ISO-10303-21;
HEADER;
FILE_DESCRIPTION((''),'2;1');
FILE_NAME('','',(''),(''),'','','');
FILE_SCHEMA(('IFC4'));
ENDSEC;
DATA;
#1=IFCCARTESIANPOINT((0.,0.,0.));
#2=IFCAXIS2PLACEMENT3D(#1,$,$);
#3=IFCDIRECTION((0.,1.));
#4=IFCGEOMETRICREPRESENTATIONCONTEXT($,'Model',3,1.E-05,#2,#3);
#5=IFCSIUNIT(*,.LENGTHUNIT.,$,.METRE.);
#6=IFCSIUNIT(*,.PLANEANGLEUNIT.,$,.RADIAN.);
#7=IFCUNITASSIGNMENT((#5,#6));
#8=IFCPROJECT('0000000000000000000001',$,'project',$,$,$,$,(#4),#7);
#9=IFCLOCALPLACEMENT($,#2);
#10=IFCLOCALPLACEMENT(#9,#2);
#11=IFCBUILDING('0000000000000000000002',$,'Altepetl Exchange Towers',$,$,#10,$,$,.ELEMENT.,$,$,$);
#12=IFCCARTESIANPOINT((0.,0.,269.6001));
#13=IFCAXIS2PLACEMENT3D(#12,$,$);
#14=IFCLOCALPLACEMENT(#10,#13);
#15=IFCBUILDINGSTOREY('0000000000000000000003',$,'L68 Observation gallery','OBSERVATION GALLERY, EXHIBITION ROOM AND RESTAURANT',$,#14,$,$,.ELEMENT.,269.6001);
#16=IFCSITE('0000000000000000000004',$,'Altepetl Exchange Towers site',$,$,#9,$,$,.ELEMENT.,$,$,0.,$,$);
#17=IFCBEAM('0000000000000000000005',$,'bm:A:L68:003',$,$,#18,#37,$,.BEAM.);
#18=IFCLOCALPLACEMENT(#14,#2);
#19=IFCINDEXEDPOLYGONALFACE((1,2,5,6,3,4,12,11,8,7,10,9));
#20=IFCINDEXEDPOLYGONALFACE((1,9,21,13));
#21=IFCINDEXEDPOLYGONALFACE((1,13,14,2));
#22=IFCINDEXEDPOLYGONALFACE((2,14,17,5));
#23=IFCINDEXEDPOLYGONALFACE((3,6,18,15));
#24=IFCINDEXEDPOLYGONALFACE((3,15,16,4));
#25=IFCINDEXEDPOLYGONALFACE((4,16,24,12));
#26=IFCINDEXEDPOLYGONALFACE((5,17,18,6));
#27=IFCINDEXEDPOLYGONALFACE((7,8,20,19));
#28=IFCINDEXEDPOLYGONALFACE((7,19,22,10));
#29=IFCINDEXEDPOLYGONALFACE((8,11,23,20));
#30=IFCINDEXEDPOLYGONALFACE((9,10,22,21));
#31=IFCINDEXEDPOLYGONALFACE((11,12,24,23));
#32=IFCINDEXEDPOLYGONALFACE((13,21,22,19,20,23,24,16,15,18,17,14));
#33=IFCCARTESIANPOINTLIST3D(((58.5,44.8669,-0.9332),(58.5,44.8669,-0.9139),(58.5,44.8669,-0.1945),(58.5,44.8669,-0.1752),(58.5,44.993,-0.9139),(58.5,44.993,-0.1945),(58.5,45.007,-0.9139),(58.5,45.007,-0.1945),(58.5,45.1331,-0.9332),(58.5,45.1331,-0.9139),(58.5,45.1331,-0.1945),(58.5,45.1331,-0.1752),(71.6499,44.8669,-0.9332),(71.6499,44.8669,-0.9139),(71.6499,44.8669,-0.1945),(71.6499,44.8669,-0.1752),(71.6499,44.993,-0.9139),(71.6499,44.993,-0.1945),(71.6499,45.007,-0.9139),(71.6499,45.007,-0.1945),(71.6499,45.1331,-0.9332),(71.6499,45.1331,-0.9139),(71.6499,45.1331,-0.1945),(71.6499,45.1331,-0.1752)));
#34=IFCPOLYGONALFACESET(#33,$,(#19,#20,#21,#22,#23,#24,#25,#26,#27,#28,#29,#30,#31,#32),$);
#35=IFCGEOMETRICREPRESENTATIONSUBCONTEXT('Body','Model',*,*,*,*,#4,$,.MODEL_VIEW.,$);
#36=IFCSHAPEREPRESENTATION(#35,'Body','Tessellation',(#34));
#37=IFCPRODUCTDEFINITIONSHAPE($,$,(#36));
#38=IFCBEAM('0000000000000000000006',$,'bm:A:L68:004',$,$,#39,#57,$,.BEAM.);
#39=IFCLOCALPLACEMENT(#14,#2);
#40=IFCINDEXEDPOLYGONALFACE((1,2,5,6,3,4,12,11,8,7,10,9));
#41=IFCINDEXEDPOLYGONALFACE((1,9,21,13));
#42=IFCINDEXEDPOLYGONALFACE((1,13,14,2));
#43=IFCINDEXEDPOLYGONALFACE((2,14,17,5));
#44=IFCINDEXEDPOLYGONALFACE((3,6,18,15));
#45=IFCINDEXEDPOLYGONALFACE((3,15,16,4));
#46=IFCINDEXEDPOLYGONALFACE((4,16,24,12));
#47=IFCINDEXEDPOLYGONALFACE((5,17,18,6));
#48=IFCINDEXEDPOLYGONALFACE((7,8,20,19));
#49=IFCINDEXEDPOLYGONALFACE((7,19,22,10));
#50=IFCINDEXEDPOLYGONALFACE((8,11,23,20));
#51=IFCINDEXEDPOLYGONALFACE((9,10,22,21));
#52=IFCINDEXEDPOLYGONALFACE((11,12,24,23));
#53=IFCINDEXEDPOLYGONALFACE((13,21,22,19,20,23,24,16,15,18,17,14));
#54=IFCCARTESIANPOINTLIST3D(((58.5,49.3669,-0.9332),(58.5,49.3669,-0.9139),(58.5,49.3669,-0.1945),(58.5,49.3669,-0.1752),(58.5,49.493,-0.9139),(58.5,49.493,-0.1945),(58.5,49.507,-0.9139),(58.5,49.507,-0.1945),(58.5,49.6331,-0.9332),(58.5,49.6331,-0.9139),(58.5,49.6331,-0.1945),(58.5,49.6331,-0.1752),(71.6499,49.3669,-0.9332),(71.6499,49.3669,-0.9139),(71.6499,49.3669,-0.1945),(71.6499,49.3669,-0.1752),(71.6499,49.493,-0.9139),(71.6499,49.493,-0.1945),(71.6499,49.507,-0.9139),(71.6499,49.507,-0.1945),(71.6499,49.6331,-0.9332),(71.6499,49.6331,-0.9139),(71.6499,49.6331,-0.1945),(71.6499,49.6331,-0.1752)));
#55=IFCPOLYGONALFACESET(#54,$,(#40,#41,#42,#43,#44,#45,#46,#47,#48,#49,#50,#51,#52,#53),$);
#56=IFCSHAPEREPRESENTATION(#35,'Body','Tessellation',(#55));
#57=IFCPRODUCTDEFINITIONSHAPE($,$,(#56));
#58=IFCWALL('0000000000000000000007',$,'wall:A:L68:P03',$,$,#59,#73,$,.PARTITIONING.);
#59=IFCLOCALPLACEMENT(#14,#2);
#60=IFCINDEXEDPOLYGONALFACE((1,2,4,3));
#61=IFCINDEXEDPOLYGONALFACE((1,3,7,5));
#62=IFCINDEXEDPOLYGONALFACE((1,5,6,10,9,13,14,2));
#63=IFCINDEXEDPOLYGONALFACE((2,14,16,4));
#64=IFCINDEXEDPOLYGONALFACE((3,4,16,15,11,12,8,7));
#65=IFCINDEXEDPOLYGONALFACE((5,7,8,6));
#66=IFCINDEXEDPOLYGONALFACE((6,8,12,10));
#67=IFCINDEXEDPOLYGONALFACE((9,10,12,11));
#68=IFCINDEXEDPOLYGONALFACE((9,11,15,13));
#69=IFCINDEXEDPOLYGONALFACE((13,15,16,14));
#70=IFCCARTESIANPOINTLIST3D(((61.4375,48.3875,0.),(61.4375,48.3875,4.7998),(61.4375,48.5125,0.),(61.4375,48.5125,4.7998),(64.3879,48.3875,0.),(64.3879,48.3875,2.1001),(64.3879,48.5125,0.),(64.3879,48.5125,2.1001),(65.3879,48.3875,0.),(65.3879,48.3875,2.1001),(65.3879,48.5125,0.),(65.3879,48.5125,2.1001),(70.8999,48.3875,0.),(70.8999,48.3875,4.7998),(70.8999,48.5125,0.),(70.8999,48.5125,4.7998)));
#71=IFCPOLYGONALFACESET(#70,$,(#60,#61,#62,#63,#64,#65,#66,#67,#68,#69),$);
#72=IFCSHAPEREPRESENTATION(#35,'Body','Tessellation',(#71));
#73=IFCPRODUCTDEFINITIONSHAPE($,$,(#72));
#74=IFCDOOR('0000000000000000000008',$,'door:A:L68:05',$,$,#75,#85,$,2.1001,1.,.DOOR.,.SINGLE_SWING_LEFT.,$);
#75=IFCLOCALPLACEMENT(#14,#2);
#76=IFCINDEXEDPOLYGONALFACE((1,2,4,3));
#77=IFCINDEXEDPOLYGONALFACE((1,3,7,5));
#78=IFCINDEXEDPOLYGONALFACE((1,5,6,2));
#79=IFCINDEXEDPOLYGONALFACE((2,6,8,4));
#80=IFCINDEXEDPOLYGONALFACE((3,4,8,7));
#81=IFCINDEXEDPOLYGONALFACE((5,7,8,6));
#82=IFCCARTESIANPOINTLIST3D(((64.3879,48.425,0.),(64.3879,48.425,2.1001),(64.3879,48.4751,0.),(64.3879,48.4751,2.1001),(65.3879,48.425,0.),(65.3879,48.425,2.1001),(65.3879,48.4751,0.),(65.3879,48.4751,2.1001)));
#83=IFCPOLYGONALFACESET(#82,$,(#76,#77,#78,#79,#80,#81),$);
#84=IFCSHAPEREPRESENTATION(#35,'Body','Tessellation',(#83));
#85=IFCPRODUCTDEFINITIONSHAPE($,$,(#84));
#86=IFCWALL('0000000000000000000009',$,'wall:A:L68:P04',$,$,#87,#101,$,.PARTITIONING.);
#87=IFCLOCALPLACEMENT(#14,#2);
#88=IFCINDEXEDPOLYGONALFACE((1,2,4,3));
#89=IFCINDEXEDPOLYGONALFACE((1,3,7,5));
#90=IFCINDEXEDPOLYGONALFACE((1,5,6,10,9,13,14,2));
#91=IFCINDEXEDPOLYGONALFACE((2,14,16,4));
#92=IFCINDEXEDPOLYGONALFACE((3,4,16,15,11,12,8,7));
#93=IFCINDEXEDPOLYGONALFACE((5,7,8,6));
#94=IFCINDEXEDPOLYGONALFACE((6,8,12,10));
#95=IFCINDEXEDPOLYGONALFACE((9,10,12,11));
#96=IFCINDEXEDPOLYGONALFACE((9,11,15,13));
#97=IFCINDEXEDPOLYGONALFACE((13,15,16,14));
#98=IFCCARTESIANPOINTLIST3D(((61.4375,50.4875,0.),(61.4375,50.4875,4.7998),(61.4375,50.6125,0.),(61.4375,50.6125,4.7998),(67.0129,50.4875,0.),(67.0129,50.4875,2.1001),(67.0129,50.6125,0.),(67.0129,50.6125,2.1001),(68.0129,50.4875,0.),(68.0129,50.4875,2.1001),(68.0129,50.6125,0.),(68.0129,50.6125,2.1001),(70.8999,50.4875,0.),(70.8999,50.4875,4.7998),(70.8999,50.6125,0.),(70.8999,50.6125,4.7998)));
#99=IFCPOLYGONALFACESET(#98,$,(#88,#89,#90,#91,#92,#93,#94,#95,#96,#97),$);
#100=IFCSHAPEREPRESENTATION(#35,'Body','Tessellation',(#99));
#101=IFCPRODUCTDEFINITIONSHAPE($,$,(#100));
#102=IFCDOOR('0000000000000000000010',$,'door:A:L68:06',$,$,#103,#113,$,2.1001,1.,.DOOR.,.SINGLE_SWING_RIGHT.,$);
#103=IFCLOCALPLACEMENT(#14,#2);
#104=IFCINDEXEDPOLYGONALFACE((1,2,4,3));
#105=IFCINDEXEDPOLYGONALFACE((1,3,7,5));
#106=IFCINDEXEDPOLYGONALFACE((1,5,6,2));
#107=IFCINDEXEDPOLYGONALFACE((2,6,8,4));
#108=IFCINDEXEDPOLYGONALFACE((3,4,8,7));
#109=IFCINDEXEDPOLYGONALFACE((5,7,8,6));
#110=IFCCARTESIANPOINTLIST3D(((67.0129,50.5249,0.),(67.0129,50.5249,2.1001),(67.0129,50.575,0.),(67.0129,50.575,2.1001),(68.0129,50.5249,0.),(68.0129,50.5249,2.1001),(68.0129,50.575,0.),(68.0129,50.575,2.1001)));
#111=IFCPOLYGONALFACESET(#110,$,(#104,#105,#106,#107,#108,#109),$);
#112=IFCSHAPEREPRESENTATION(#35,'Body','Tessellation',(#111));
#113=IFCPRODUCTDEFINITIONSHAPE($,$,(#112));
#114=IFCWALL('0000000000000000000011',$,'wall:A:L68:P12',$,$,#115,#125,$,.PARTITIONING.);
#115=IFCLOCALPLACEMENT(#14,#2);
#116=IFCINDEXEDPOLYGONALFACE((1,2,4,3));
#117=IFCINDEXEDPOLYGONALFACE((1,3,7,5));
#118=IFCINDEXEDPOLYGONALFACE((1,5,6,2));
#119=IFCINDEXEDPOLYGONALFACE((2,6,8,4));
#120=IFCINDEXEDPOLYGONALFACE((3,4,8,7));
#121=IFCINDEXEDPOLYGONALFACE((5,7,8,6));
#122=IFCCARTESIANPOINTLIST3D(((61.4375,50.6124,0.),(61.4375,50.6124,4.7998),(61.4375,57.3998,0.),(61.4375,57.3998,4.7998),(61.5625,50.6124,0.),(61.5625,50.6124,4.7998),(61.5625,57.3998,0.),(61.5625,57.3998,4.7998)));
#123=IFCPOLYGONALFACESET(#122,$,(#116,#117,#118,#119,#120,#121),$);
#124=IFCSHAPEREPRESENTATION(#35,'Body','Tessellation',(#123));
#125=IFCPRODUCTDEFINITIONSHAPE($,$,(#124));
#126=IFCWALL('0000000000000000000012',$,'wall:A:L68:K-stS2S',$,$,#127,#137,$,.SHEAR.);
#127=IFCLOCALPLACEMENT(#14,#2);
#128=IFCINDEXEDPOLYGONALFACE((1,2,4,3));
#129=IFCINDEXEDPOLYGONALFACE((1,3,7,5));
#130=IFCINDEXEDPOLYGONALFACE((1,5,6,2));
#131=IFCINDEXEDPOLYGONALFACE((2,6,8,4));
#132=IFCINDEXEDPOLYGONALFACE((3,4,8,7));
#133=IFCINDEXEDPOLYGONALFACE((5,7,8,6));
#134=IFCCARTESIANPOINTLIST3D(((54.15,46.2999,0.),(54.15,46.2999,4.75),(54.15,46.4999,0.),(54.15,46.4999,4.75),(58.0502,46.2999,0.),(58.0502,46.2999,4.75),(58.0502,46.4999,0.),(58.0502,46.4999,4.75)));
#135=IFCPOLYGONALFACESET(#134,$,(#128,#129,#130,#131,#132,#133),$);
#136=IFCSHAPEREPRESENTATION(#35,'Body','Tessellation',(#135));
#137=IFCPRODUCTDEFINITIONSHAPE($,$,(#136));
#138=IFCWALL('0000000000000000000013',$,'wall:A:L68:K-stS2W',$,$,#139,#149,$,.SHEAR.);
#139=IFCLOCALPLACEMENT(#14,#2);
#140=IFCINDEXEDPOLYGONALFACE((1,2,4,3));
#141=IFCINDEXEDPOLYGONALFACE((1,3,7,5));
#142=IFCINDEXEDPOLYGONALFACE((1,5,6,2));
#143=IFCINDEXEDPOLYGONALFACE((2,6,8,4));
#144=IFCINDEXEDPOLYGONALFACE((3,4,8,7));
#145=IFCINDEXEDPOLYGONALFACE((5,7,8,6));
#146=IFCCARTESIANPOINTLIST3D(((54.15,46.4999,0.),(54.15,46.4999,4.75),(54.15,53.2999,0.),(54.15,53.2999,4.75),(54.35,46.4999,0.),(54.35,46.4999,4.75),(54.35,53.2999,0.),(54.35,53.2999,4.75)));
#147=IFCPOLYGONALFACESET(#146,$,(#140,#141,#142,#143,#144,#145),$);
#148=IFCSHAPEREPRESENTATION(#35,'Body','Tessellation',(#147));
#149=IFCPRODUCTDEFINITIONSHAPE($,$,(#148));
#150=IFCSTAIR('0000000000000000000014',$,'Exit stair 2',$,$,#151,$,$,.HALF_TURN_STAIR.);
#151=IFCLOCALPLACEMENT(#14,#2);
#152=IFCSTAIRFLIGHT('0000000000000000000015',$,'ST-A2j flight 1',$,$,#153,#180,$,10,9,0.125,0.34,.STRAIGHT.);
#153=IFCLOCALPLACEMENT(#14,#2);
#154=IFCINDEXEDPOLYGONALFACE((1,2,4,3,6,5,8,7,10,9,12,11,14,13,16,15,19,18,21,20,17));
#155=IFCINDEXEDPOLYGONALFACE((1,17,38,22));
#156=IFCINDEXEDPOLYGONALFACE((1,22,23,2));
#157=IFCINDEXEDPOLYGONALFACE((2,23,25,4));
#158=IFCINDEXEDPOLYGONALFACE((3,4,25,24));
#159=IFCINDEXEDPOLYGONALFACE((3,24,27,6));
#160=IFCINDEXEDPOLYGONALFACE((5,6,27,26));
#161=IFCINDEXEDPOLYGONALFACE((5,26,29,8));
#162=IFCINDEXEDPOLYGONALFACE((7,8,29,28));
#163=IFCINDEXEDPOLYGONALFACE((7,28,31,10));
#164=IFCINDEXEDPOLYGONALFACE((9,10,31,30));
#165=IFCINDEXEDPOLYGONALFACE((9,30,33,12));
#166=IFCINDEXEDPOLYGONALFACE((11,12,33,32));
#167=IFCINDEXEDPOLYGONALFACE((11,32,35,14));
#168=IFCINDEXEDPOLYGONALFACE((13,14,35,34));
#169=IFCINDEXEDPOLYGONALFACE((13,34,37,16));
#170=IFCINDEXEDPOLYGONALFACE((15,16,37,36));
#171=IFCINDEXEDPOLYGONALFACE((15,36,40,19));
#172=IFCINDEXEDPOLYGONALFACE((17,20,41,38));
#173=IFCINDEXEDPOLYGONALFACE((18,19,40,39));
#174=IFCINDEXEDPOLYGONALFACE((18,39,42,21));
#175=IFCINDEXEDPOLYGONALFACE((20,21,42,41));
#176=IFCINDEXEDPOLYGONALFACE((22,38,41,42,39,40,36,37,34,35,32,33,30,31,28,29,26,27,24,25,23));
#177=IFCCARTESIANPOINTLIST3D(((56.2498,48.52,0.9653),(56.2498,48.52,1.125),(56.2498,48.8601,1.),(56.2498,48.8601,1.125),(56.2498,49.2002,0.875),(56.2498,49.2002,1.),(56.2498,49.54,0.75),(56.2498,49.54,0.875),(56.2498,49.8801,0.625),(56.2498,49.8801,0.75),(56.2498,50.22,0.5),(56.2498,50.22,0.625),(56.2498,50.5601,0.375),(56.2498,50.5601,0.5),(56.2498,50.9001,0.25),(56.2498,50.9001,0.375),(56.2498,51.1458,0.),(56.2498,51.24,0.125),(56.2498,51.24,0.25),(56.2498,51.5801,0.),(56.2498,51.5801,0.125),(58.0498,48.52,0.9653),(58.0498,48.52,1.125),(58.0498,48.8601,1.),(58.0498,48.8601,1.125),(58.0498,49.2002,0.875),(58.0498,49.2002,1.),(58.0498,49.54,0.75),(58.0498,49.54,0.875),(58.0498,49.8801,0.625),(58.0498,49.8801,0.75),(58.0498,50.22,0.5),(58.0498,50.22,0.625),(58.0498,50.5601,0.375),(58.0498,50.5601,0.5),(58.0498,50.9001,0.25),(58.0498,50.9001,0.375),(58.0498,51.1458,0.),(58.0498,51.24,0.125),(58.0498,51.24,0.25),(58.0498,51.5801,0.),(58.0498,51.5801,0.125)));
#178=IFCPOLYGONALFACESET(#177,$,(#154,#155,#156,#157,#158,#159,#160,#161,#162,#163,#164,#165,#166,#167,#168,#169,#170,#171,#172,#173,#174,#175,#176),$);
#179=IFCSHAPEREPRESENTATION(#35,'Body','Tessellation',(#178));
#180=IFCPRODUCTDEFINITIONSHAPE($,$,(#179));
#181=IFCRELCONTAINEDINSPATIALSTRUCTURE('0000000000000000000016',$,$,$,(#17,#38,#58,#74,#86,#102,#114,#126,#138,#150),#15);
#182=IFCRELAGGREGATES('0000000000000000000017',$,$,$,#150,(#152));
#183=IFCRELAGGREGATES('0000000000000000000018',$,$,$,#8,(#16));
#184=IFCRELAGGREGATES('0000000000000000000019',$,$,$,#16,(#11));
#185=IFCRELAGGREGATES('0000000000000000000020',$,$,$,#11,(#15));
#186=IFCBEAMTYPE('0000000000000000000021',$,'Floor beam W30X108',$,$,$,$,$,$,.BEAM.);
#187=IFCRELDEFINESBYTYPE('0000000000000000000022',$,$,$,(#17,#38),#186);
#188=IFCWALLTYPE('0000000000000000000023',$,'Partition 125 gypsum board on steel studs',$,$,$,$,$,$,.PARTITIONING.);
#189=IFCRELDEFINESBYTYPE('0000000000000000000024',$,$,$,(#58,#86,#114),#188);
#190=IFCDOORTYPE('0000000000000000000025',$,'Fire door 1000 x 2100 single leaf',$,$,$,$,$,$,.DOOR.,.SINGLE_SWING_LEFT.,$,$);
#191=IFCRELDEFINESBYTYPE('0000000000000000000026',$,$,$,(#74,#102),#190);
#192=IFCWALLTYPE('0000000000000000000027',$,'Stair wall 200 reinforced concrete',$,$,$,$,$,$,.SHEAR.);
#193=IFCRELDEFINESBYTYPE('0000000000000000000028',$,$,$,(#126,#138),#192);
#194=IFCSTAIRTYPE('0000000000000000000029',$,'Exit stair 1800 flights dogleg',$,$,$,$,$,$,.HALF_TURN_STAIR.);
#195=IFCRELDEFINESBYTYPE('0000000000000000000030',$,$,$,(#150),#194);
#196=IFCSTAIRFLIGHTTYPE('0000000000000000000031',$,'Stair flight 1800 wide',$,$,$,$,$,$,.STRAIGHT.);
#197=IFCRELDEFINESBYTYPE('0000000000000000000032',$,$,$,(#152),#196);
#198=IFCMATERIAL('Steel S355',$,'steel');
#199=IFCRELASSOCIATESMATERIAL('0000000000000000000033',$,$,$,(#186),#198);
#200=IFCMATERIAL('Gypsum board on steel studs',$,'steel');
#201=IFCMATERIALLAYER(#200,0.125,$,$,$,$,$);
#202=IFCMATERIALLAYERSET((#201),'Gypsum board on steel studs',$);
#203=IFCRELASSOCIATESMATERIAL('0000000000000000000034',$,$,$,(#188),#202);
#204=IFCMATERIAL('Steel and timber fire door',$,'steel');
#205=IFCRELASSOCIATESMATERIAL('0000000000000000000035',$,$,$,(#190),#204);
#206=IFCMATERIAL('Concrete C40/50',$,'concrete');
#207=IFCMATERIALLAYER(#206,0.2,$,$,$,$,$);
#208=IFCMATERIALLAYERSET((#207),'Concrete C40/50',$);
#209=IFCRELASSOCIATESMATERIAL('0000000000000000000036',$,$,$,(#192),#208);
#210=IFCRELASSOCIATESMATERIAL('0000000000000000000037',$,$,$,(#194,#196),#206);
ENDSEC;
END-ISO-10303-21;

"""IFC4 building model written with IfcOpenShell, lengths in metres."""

from ifc_helpers import new_model, si_unit, direction, frame, frame_2d, origin, origin_2d, place, context, subcontext, project, spatial, polyline, rectangle, i_section, outline, extrude, material, layer, layer_set, material_profile, profile_set, type_object, element, fill, aggregate, save


model = new_model("IFC4")

# Units and contexts
model_context = context("Model", 3, precision=1e-05, world=origin(), true_north=direction((0.0, 1.0)))
body_context = subcontext(model_context, "Body", "Model", "MODEL_VIEW")
ifc_project = project(units=[si_unit("LENGTHUNIT", "METRE"), si_unit("PLANEANGLEUNIT", "RADIAN")], contexts=[model_context])

# Site, building, storey
site_placement = place(None, origin())
site = spatial("IfcSite", under=ifc_project, at=site_placement, Name="Altepetl Exchange Towers site", CompositionType="ELEMENT", RefElevation=0.0)
building_placement = place(site_placement, origin())
building = spatial("IfcBuilding", under=site, at=building_placement, Name="Altepetl Exchange Towers", CompositionType="ELEMENT")
storey_placement = place(building_placement, frame((0.0, 0.0, 269.6001)))
storey = spatial("IfcBuildingStorey", under=building, at=storey_placement, Name="L68 Observation gallery", Description="OBSERVATION GALLERY, EXHIBITION ROOM AND RESTAURANT", CompositionType="ELEMENT", Elevation=269.6001)

# Beams
ifc_material_1 = material(Name="Steel S355", Category="steel")
ifc_material_profile = material_profile(ifc_material_1, i_section(OverallWidth=0.2661, OverallDepth=0.7581, WebThickness=0.0139, FlangeThickness=0.0193, at=origin_2d()), Name="W30X108")
ifc_profile_set = profile_set([ifc_material_profile], Name="Steel S355")
beam_type = type_object("IfcBeamType", Name="Floor beam W30X108", PredefinedType="BEAM", material=ifc_profile_set)
for number, where, z_axis, x_axis, name in (
    (1, (58.5, 45.0, -0.5542), (1.0, 0.0, 0.0), (0.0, 1.0, 0.0), "bm:A:L68:003"),
    (2, (58.5, 49.5, -0.5542), (1.0, 0.0, 0.0), (0.0, 1.0, 0.0), "bm:A:L68:004"),
):
    element("IfcBeam", number, at=place(storey_placement, frame(where, z_axis=z_axis, x_axis=x_axis)), inside=storey, type_object=beam_type, Name=name, PredefinedType="BEAM", context=body_context, shape_type="SweptSolid", body=[
        extrude(i_section(OverallWidth=0.2661, OverallDepth=0.7581, WebThickness=0.0139, FlangeThickness=0.0193, at=origin_2d()), origin(), (0.0, 0.0, 1.0), 13.1499),
    ])

# Walls, openings, doors
ifc_material_2 = material(Name="Gypsum board on steel studs", Category="steel")
ifc_layer_1 = layer(ifc_material_2, 0.125)
ifc_layer_set_1 = layer_set([ifc_layer_1], Name="Gypsum board on steel studs")
wall_type_1 = type_object("IfcWallType", Name="Partition 125 gypsum board on steel studs", PredefinedType="PARTITIONING", material=ifc_layer_set_1)
wall_1_placement = place(storey_placement, frame((61.4375, 48.45, 0.0)))
wall_1 = element("IfcWall", 3, at=wall_1_placement, inside=storey, type_object=wall_type_1, Name="wall:A:L68:P03", PredefinedType="PARTITIONING", context=body_context, shape_type="SweptSolid", body=[
    extrude(rectangle(XDim=9.4624, YDim=0.125, at=frame_2d((4.7312, 0.0))), origin(), (0.0, 0.0, 1.0), 4.7998),
])
opening_1_placement = place(wall_1_placement, frame((2.9504, 0.0, 0.0)))
opening_1 = element("IfcOpeningElement", 4, at=opening_1_placement, cuts=wall_1, PredefinedType="OPENING", context=body_context, shape_type="SweptSolid", body=[
    extrude(rectangle(XDim=1.0, YDim=2.1001, at=frame_2d((0.5, 1.05))), frame((0.0, 0.0725, 0.0), z_axis=(0.0, -1.0, 0.0), x_axis=(1.0, 0.0, 0.0)), (0.0, 0.0, 1.0), 0.145),
])
ifc_material_3 = material(Name="Steel and timber fire door", Category="steel")
door_type = type_object("IfcDoorType", Name="Fire door 1000 x 2100 single leaf", OperationType="SINGLE_SWING_LEFT", PredefinedType="DOOR", material=ifc_material_3)
door_1_placement = place(opening_1_placement, frame((1.0, 0.0, 0.0), x_axis=(-1.0, 0.0, 0.0)))
door_1 = element("IfcDoor", 5, at=door_1_placement, inside=storey, type_object=door_type, Name="door:A:L68:05", OperationType="SINGLE_SWING_LEFT", OverallHeight=2.1001, OverallWidth=1.0, PredefinedType="DOOR", context=body_context, shape_type="SweptSolid", body=[
    extrude(rectangle(XDim=1.0, YDim=2.1001, at=frame_2d((0.5, 1.05))), frame((0.0, 0.0249, 0.0), z_axis=(0.0, -1.0, 0.0), x_axis=(1.0, 0.0, 0.0)), (0.0, 0.0, 1.0), 0.05),
])
fill(opening_1, door_1)
wall_2_placement = place(storey_placement, frame((61.4375, 50.55, 0.0)))
wall_2 = element("IfcWall", 6, at=wall_2_placement, inside=storey, type_object=wall_type_1, Name="wall:A:L68:P04", PredefinedType="PARTITIONING", context=body_context, shape_type="SweptSolid", body=[
    extrude(rectangle(XDim=9.4624, YDim=0.125, at=frame_2d((4.7312, 0.0))), origin(), (0.0, 0.0, 1.0), 4.7998),
])
opening_2_placement = place(wall_2_placement, frame((5.5754, 0.0, 0.0)))
opening_2 = element("IfcOpeningElement", 7, at=opening_2_placement, cuts=wall_2, PredefinedType="OPENING", context=body_context, shape_type="SweptSolid", body=[
    extrude(rectangle(XDim=1.0, YDim=2.1001, at=frame_2d((0.5, 1.05))), frame((0.0, 0.0725, 0.0), z_axis=(0.0, -1.0, 0.0), x_axis=(1.0, 0.0, 0.0)), (0.0, 0.0, 1.0), 0.145),
])
door_2_placement = place(opening_2_placement, origin())
door_2 = element("IfcDoor", 8, at=door_2_placement, inside=storey, type_object=door_type, Name="door:A:L68:06", OperationType="SINGLE_SWING_RIGHT", OverallHeight=2.1001, OverallWidth=1.0, PredefinedType="DOOR", context=body_context, shape_type="SweptSolid", body=[
    extrude(rectangle(XDim=1.0, YDim=2.1001, at=frame_2d((0.5, 1.05))), frame((0.0, 0.0249, 0.0), z_axis=(0.0, -1.0, 0.0), x_axis=(1.0, 0.0, 0.0)), (0.0, 0.0, 1.0), 0.05),
])
fill(opening_2, door_2)

# Walls
wall_3_placement = place(storey_placement, frame((61.5, 50.6125, 0.0), z_axis=(0.0, 0.0, 1.0), x_axis=(0.0, 1.0, 0.0)))
element("IfcWall", 9, at=wall_3_placement, inside=storey, type_object=wall_type_1, Name="wall:A:L68:P12", PredefinedType="PARTITIONING", context=body_context, shape_type="SweptSolid", body=[
    extrude(rectangle(XDim=6.7874, YDim=0.125, at=frame_2d((3.3936, 0.0))), origin(), (0.0, 0.0, 1.0), 4.7998),
])
ifc_material_4 = material(Name="Concrete C40/50", Category="concrete")
ifc_layer_2 = layer(ifc_material_4, 0.2)
ifc_layer_set_2 = layer_set([ifc_layer_2], Name="Concrete C40/50")
wall_type_2 = type_object("IfcWallType", Name="Stair wall 200 reinforced concrete", PredefinedType="SHEAR", material=ifc_layer_set_2)
wall_4_placement = place(storey_placement, frame((54.1499, 46.3999, 0.0)))
element("IfcWall", 10, at=wall_4_placement, inside=storey, type_object=wall_type_2, Name="wall:A:L68:K-stS2S", PredefinedType="SHEAR", context=body_context, shape_type="SweptSolid", body=[
    extrude(rectangle(XDim=3.9001, YDim=0.2, at=frame_2d((1.9502, 0.0))), origin(), (0.0, 0.0, 1.0), 4.75),
])
wall_5_placement = place(storey_placement, frame((54.25, 46.5, 0.0), z_axis=(0.0, 0.0, 1.0), x_axis=(0.0, 1.0, 0.0)))
element("IfcWall", 11, at=wall_5_placement, inside=storey, type_object=wall_type_2, Name="wall:A:L68:K-stS2W", PredefinedType="SHEAR", context=body_context, shape_type="SweptSolid", body=[
    extrude(rectangle(XDim=6.8, YDim=0.2, at=frame_2d((3.3999, 0.0))), origin(), (0.0, 0.0, 1.0), 4.75),
])

# Stair, stair flight
stair_type = type_object("IfcStairType", Name="Exit stair 1800 flights dogleg", PredefinedType="HALF_TURN_STAIR", material=ifc_material_4)
stair_placement = place(storey_placement, origin())
stair = element("IfcStair", 12, at=stair_placement, inside=storey, type_object=stair_type, Name="Exit stair 2", PredefinedType="HALF_TURN_STAIR")
stair_flight_type = type_object("IfcStairFlightType", Name="Stair flight 1800 wide", PredefinedType="STRAIGHT", material=ifc_material_4)
stair_flight_1_placement = place(storey_placement, frame((57.1499, 51.5801, 0.0), z_axis=(0.0, 0.0, 1.0), x_axis=(0.0, -1.0, 0.0)))
stair_flight_1 = element("IfcStairFlight", 13, at=stair_flight_1_placement, type_object=stair_flight_type, Name="ST-A2j flight 1", NumberOfRisers=10, NumberOfTreads=9, PredefinedType="STRAIGHT", RiserHeight=0.125, TreadLength=0.34, context=body_context, shape_type="SweptSolid", body=[
    extrude(outline(polyline([(0.0, 0.0), (0.0, 0.125), (0.3401, 0.125), (0.3401, 0.25), (0.6799, 0.25), (0.6799, 0.375), (1.02, 0.375), (1.02, 0.5), (1.3601, 0.5), (1.3601, 0.625), (1.7, 0.625), (1.7, 0.75), (2.04, 0.75), (2.04, 0.875), (2.3799, 0.875), (2.3799, 1.0), (2.72, 1.0), (2.72, 1.125), (3.0601, 1.125), (3.0601, 1.25), (3.0601, 0.9653), (0.4343, 0.0), (0.0, 0.0)])), frame((0.0, 0.8999, 0.0), z_axis=(0.0, -1.0, 0.0), x_axis=(1.0, 0.0, 0.0)), (0.0, 0.0, 1.0), 1.8),
])
aggregate(stair, [stair_flight_1])

save(model, "model.ifc")
